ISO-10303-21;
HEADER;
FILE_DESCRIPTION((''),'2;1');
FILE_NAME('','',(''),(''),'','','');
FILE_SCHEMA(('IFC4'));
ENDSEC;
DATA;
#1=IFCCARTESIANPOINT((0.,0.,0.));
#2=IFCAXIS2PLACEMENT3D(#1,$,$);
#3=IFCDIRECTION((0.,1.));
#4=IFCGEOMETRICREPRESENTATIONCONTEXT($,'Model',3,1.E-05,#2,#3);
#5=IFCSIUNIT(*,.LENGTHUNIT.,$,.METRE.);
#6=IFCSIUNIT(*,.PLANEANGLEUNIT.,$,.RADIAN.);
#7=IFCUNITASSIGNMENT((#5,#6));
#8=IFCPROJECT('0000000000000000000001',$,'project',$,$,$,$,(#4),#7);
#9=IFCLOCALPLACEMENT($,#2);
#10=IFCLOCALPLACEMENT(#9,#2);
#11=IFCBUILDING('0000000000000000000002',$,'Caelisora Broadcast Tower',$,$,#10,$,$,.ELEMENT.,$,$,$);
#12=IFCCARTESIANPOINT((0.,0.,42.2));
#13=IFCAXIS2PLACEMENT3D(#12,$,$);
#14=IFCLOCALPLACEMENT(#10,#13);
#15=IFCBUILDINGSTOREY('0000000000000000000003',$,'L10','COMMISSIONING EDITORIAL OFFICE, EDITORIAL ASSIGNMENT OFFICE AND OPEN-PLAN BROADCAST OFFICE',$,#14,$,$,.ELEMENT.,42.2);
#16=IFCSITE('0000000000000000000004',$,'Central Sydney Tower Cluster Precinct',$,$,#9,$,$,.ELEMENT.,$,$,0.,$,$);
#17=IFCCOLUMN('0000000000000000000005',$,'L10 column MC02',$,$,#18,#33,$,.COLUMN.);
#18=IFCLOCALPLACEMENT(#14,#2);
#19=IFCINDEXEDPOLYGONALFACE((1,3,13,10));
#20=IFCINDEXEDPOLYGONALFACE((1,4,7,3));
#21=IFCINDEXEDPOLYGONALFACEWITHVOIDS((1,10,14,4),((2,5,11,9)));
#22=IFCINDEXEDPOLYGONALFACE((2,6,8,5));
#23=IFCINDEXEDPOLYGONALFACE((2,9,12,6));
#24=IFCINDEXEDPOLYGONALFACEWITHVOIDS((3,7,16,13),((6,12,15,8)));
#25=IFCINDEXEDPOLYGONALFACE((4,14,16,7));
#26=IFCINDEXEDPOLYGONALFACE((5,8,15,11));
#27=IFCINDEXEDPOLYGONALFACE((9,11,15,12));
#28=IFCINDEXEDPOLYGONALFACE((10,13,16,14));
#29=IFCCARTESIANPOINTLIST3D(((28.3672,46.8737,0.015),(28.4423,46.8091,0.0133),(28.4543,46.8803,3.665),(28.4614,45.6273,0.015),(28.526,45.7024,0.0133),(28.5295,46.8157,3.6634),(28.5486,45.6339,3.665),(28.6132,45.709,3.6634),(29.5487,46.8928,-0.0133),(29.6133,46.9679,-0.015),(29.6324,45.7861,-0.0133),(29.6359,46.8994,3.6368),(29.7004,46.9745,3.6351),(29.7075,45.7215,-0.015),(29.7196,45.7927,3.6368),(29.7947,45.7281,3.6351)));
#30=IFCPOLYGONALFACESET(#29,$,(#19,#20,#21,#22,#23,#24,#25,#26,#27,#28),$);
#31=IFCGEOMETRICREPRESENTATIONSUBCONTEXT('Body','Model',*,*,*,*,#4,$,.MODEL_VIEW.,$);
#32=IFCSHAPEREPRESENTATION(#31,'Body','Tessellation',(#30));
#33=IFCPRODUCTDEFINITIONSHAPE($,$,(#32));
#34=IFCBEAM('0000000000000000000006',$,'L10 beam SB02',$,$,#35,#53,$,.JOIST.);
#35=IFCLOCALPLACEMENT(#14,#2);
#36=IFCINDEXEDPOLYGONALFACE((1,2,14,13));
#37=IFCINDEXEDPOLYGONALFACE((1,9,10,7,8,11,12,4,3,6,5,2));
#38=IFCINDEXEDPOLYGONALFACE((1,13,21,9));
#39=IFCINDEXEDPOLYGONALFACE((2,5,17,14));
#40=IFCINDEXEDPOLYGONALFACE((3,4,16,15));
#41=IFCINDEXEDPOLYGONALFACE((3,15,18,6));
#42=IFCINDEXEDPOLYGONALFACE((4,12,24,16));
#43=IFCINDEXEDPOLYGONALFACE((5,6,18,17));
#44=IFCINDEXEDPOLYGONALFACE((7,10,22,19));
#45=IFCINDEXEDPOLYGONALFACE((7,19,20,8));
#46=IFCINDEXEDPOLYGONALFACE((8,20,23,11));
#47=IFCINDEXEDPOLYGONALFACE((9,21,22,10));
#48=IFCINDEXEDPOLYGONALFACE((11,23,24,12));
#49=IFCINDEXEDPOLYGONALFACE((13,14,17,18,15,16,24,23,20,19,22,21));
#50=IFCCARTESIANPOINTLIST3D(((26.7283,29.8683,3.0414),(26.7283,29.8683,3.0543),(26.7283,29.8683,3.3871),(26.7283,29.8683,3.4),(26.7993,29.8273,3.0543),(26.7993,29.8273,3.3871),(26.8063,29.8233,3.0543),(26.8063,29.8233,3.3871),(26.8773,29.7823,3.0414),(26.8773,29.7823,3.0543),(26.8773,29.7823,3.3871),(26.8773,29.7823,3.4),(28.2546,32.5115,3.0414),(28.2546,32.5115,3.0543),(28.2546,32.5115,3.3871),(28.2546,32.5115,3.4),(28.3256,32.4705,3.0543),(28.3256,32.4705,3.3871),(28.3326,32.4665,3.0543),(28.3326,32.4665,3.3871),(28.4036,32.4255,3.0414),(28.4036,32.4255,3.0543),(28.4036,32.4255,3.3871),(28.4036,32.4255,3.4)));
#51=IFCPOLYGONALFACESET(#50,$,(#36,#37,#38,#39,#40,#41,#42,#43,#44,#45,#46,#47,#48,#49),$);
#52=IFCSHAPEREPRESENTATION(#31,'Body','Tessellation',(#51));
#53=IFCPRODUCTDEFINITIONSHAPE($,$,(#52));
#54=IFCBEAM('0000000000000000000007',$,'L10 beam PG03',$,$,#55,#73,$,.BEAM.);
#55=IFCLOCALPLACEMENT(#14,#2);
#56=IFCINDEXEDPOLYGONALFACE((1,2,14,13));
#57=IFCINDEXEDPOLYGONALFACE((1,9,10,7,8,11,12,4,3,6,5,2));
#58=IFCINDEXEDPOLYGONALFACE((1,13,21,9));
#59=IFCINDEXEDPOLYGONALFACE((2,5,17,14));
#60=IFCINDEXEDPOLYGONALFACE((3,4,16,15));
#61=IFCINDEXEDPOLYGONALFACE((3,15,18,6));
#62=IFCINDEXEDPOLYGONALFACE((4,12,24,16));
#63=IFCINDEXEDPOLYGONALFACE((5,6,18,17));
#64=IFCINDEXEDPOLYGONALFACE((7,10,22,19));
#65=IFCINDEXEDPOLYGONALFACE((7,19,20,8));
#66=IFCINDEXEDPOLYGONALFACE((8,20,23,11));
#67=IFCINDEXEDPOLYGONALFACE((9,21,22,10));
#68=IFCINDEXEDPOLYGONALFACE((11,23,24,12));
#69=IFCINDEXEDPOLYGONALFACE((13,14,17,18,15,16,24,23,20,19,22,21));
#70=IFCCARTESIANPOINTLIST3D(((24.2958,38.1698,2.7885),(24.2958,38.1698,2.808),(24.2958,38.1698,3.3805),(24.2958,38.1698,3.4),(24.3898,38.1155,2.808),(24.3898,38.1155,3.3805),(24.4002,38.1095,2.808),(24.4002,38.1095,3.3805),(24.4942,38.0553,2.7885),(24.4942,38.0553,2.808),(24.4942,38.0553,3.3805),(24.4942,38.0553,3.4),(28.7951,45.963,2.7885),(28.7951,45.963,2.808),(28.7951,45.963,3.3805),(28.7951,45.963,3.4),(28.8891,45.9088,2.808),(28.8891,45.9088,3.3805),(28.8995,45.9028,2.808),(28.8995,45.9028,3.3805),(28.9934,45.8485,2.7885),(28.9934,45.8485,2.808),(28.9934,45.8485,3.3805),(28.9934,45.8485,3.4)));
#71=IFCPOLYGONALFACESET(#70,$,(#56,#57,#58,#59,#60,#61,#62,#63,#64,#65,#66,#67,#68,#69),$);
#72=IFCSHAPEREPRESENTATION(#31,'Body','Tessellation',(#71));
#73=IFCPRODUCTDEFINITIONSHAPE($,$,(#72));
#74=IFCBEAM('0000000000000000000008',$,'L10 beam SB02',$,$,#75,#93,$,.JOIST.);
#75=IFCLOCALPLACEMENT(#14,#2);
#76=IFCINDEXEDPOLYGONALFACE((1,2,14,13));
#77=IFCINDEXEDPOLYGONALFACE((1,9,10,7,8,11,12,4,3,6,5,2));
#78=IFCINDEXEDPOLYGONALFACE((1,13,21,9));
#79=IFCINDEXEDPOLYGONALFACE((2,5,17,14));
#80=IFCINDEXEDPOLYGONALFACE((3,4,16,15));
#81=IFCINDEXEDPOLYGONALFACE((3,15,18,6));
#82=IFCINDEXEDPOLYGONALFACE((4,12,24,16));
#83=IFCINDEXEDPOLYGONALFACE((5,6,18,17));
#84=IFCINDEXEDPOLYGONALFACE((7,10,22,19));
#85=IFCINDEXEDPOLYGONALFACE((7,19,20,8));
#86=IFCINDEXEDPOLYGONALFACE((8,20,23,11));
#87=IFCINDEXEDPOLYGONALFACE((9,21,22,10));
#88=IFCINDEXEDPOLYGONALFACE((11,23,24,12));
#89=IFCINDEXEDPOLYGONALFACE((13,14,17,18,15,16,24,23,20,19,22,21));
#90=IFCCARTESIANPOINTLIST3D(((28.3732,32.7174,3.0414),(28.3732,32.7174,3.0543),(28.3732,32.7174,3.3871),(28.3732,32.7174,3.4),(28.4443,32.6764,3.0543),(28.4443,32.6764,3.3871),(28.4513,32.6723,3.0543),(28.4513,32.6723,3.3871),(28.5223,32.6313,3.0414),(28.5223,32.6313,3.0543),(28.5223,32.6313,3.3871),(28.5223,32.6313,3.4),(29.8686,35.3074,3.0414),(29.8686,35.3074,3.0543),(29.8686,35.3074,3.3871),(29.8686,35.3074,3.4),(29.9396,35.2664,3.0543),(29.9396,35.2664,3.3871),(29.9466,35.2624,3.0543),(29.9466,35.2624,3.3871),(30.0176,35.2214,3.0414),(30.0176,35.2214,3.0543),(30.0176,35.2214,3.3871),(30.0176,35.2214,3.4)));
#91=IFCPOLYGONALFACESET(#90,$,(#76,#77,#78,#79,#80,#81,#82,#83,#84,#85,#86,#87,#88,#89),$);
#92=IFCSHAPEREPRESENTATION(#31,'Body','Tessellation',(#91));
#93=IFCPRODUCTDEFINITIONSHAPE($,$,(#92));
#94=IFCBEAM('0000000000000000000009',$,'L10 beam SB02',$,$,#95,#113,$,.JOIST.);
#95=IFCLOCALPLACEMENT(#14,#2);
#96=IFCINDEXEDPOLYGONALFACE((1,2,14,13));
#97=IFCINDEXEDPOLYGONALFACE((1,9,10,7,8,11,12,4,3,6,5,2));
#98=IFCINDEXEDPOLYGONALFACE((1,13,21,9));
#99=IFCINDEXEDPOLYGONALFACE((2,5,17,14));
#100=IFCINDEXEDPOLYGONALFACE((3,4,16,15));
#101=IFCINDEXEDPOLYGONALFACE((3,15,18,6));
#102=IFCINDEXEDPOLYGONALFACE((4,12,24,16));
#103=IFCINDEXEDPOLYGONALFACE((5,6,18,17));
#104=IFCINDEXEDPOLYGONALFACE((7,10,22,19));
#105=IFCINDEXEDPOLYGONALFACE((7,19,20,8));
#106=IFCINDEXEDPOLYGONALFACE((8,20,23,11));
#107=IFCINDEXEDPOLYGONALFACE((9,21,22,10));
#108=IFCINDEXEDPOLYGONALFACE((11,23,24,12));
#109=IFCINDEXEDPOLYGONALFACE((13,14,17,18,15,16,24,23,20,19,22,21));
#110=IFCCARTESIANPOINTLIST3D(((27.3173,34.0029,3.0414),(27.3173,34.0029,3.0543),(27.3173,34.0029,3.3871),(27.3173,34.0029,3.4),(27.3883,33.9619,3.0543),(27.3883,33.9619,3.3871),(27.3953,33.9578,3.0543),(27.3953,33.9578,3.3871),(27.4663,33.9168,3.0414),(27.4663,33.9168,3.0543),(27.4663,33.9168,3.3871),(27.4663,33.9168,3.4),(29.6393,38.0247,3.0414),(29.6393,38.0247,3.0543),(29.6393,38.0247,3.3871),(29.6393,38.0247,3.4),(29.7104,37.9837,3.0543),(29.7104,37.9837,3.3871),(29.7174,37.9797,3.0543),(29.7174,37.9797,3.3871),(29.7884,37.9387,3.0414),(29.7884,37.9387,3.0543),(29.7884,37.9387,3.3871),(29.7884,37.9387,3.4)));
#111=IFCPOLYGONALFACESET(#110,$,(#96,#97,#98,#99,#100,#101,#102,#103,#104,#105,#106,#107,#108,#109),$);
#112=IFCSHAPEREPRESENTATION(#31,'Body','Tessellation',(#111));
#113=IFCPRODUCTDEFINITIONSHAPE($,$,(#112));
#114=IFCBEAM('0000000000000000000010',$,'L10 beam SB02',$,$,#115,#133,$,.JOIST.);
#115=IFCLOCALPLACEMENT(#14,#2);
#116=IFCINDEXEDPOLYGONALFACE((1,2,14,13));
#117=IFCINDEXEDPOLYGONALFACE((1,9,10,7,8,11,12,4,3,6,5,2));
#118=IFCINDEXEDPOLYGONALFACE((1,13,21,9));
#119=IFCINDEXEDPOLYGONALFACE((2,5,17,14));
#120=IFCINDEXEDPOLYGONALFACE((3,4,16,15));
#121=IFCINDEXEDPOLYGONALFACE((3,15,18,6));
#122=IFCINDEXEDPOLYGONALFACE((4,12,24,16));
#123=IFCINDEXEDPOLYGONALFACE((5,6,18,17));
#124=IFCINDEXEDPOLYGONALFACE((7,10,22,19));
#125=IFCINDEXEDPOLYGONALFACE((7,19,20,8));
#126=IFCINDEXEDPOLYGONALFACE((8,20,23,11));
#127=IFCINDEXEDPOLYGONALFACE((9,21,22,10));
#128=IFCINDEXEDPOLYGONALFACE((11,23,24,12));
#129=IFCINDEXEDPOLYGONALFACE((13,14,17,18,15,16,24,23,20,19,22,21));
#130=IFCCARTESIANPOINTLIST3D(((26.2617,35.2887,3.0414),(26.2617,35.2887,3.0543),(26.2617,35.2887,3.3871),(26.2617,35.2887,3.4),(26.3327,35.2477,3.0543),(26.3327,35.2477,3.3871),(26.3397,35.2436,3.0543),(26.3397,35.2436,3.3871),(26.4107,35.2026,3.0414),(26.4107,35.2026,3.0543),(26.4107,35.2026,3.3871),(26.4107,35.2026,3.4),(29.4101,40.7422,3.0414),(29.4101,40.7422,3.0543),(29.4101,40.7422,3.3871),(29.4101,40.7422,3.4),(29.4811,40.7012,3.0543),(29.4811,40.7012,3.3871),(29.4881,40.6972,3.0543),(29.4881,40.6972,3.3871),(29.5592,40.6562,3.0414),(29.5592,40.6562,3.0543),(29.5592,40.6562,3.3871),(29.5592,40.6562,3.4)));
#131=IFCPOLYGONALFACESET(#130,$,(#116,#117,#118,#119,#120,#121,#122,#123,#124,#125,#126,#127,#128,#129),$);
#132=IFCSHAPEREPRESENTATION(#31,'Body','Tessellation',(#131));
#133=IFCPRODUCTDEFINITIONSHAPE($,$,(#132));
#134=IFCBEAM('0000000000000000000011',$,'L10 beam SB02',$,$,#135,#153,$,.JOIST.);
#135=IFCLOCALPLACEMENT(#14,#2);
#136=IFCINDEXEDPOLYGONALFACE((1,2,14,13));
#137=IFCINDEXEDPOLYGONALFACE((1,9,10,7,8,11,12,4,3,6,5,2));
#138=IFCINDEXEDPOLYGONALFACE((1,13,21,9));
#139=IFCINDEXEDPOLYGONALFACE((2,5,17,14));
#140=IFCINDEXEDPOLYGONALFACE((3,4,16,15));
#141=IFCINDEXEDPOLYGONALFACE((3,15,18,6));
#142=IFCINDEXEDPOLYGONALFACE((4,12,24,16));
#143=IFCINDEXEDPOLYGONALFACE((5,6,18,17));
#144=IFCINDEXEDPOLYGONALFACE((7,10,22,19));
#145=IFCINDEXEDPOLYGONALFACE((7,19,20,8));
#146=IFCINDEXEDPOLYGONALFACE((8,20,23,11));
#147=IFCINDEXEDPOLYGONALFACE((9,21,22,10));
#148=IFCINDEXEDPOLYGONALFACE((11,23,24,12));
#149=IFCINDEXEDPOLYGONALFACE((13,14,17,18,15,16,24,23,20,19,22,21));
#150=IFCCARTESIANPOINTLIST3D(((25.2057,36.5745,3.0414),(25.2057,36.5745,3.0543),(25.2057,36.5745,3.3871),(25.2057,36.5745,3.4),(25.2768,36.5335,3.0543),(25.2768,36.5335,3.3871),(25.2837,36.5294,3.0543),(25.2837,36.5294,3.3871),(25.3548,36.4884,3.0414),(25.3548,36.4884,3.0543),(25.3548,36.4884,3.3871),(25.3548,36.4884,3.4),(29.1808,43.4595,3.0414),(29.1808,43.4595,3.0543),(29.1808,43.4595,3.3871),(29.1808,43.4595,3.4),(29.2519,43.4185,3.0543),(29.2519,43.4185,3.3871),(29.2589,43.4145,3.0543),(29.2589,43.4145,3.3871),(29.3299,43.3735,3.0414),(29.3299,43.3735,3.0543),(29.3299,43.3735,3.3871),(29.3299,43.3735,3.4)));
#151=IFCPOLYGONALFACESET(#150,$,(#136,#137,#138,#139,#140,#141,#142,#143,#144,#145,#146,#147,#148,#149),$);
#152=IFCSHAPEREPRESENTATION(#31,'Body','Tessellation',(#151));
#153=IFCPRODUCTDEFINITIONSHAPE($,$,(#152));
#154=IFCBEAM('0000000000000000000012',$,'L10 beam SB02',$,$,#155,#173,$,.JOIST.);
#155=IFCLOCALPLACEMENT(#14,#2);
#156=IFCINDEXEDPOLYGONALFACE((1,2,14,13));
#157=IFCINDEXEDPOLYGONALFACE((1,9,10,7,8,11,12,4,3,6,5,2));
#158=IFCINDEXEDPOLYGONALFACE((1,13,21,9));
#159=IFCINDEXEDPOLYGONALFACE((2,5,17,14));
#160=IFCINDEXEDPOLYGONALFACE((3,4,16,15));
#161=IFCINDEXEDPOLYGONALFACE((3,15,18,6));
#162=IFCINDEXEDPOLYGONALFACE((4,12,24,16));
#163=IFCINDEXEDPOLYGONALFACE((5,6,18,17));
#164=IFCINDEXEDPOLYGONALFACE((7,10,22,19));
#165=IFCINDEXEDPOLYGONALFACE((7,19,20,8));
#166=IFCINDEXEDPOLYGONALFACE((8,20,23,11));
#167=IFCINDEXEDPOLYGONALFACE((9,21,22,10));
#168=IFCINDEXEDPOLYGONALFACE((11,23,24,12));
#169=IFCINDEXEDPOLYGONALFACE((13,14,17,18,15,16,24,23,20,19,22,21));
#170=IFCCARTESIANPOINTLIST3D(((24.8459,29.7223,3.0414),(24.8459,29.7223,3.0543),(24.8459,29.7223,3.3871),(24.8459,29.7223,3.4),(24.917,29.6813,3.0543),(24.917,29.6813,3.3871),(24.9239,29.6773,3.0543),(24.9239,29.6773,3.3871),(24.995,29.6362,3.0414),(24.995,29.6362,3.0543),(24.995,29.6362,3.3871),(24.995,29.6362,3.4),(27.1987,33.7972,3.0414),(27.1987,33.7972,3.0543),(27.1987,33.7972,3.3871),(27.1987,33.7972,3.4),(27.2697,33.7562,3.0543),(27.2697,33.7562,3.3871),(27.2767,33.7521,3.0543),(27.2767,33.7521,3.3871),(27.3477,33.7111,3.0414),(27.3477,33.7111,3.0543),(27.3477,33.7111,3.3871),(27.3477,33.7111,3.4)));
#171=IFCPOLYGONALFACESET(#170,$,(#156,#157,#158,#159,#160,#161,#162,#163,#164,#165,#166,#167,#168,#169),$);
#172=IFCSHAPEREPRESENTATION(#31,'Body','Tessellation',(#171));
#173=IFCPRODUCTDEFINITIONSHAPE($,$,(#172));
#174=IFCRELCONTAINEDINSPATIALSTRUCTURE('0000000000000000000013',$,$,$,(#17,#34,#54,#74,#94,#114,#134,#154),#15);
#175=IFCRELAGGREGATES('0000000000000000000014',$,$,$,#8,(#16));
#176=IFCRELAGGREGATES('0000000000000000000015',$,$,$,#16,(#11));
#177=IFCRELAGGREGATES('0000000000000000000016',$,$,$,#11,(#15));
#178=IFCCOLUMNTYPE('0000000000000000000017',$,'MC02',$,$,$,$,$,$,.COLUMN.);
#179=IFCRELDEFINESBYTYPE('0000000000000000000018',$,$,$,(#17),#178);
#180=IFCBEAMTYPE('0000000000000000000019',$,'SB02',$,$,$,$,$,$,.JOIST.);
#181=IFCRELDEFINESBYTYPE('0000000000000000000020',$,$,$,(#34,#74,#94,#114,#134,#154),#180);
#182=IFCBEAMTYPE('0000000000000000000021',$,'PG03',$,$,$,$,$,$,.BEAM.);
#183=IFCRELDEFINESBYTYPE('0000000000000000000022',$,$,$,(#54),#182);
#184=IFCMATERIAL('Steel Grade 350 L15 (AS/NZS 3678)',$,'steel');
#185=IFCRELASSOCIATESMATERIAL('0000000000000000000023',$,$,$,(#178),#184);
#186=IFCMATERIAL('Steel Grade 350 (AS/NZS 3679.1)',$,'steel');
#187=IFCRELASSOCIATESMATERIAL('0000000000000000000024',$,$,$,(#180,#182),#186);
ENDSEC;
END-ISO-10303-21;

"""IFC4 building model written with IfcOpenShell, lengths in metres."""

from ifc_helpers import new_model, si_unit, direction, frame, origin, origin_2d, place, context, subcontext, project, spatial, hollow_rectangle, i_section, extrude, source, transform, mapped, material, material_profile, profile_set, type_object, type_shapes, element, save


model = new_model("IFC4")

# Units and contexts
model_context = context("Model", 3, precision=1e-05, world=origin(), true_north=direction((0.0, 1.0)))
body_context = subcontext(model_context, "Body", "Model", "MODEL_VIEW")
ifc_project = project(units=[si_unit("LENGTHUNIT", "METRE"), si_unit("PLANEANGLEUNIT", "RADIAN")], contexts=[model_context])

# Site, building, storey
site_placement = place(None, origin())
site = spatial("IfcSite", under=ifc_project, at=site_placement, Name="Central Sydney Tower Cluster Precinct", CompositionType="ELEMENT", RefElevation=0.0)
building_placement = place(site_placement, origin())
building = spatial("IfcBuilding", under=site, at=building_placement, Name="Caelisora Broadcast Tower", CompositionType="ELEMENT")
storey_placement = place(building_placement, frame((0.0, 0.0, 42.2)))
storey = spatial("IfcBuildingStorey", under=building, at=storey_placement, Name="L10", Description="COMMISSIONING EDITORIAL OFFICE, EDITORIAL ASSIGNMENT OFFICE AND OPEN-PLAN BROADCAST OFFICE", CompositionType="ELEMENT", Elevation=42.2)

# Column
ifc_material_1 = material(Name="Steel Grade 350 L15 (AS/NZS 3678)", Category="steel")
ifc_material_profile_1 = material_profile(ifc_material_1, hollow_rectangle(XDim=1.25, YDim=1.25, WallThickness=0.0701, at=origin_2d()), Name="Steel Grade 350 L15 (AS/NZS 3678)")
ifc_profile_set_1 = profile_set([ifc_material_profile_1], Name="Steel Grade 350 L15 (AS/NZS 3678)")
column_type = type_object("IfcColumnType", Name="MC02", PredefinedType="COLUMN", material=ifc_profile_set_1)
shared_shape_1 = source(origin(), body_context, "Body", "SweptSolid", [
    extrude(hollow_rectangle(XDim=1.25, YDim=1.25, WallThickness=0.0701, at=origin_2d()), origin(), (0.0, 0.0, 1.0), 3.6511),
])
type_shapes(column_type, [shared_shape_1])
column_placement = place(storey_placement, frame((29.0374, 46.2976, 0.0), z_axis=(0.023871, 0.001805, 0.999713), x_axis=(-0.075415, 0.997152, 0.0)))
element("IfcColumn", 1, at=column_placement, inside=storey, type_object=column_type, Name="L10 column MC02", PredefinedType="COLUMN", context=body_context, shape_type="MappedRepresentation", body=[
    mapped(shared_shape_1, transform((0.0, 0.0, 0.0), scale=1.0)),
])

# Beams
ifc_material_2 = material(Name="Steel Grade 350 (AS/NZS 3679.1)", Category="steel")
ifc_material_profile_2 = material_profile(ifc_material_2, i_section(OverallWidth=0.1721, OverallDepth=0.3586, WebThickness=0.0081, FlangeThickness=0.0129, at=origin_2d()), Name="Steel Grade 350 (AS/NZS 3679.1)")
ifc_profile_set_2 = profile_set([ifc_material_profile_2], Name="Steel Grade 350 (AS/NZS 3679.1)")
beam_type_1 = type_object("IfcBeamType", Name="SB02", PredefinedType="JOIST", material=ifc_profile_set_2)
shared_shape_2 = source(origin(), body_context, "Body", "SweptSolid", [
    extrude(i_section(OverallWidth=0.1721, OverallDepth=0.3586, WebThickness=0.0081, FlangeThickness=0.0129, at=origin_2d()), origin(), (0.0, 0.0, 1.0), 3.0522),
])
beam_1_placement = place(storey_placement, frame((28.3291, 32.4685, 3.2207), z_axis=(-0.500062, -0.86599, 0.0), x_axis=(0.86599, -0.500062, 0.0)))
element("IfcBeam", 2, at=beam_1_placement, inside=storey, type_object=beam_type_1, Name="L10 beam SB02", PredefinedType="JOIST", context=body_context, shape_type="MappedRepresentation", body=[
    mapped(shared_shape_2, transform((0.0, 0.0, 0.0), scale=1.0)),
])
ifc_material_profile_3 = material_profile(ifc_material_2, i_section(OverallWidth=0.229, OverallDepth=0.6116, WebThickness=0.012, FlangeThickness=0.0195, at=origin_2d()), Name="Steel Grade 350 (AS/NZS 3679.1)")
ifc_profile_set_3 = profile_set([ifc_material_profile_3], Name="Steel Grade 350 (AS/NZS 3679.1)")
beam_type_2 = type_object("IfcBeamType", Name="PG03", PredefinedType="BEAM", material=ifc_profile_set_3)
shared_shape_3 = source(origin(), body_context, "Body", "SweptSolid", [
    extrude(i_section(OverallWidth=0.229, OverallDepth=0.6116, WebThickness=0.012, FlangeThickness=0.0195, at=origin_2d()), origin(), (0.0, 0.0, 1.0), 8.9988),
])
type_shapes(beam_type_2, [shared_shape_3])
beam_2_placement = place(storey_placement, frame((28.8943, 45.9058, 3.0942), z_axis=(-0.499988, -0.866032, 0.0), x_axis=(0.866032, -0.499988, 0.0)))
element("IfcBeam", 3, at=beam_2_placement, inside=storey, type_object=beam_type_2, Name="L10 beam PG03", PredefinedType="BEAM", context=body_context, shape_type="MappedRepresentation", body=[
    mapped(shared_shape_3, transform((0.0, 0.0, 0.0), scale=1.0)),
])
shared_shape_4 = source(origin(), body_context, "Body", "SweptSolid", [
    extrude(i_section(OverallWidth=0.1721, OverallDepth=0.3586, WebThickness=0.0081, FlangeThickness=0.0129, at=origin_2d()), origin(), (0.0, 0.0, 1.0), 2.9907),
])
beam_3_placement = place(storey_placement, frame((29.9431, 35.2644, 3.2207), z_axis=(-0.499993, -0.866029, 0.0), x_axis=(0.866029, -0.499993, 0.0)))
element("IfcBeam", 4, at=beam_3_placement, inside=storey, type_object=beam_type_1, Name="L10 beam SB02", PredefinedType="JOIST", context=body_context, shape_type="MappedRepresentation", body=[
    mapped(shared_shape_4, transform((0.0, 0.0, 0.0), scale=1.0)),
])
shared_shape_5 = source(origin(), body_context, "Body", "SweptSolid", [
    extrude(i_section(OverallWidth=0.1721, OverallDepth=0.3586, WebThickness=0.0081, FlangeThickness=0.0129, at=origin_2d()), origin(), (0.0, 0.0, 1.0), 4.644),
])
beam_4_placement = place(storey_placement, frame((29.7139, 37.9817, 3.2207), z_axis=(-0.500012, -0.866018, 0.0), x_axis=(0.866018, -0.500012, 0.0)))
element("IfcBeam", 5, at=beam_4_placement, inside=storey, type_object=beam_type_1, Name="L10 beam SB02", PredefinedType="JOIST", context=body_context, shape_type="MappedRepresentation", body=[
    mapped(shared_shape_5, transform((0.0, 0.0, 0.0), scale=1.0)),
])
shared_shape_6 = source(origin(), body_context, "Body", "SweptSolid", [
    extrude(i_section(OverallWidth=0.1721, OverallDepth=0.3586, WebThickness=0.0081, FlangeThickness=0.0129, at=origin_2d()), origin(), (0.0, 0.0, 1.0), 6.2971),
])
beam_5_placement = place(storey_placement, frame((29.4846, 40.6992, 3.2207), z_axis=(-0.499975, -0.86604, 0.0), x_axis=(0.86604, -0.499975, 0.0)))
element("IfcBeam", 6, at=beam_5_placement, inside=storey, type_object=beam_type_1, Name="L10 beam SB02", PredefinedType="JOIST", context=body_context, shape_type="MappedRepresentation", body=[
    mapped(shared_shape_6, transform((0.0, 0.0, 0.0), scale=1.0)),
])
shared_shape_7 = source(origin(), body_context, "Body", "SweptSolid", [
    extrude(i_section(OverallWidth=0.1721, OverallDepth=0.3586, WebThickness=0.0081, FlangeThickness=0.0129, at=origin_2d()), origin(), (0.0, 0.0, 1.0), 7.9502),
])
beam_6_placement = place(storey_placement, frame((29.2554, 43.4165, 3.2207), z_axis=(-0.500003, -0.866023, 0.0), x_axis=(0.866023, -0.500003, 0.0)))
element("IfcBeam", 7, at=beam_6_placement, inside=storey, type_object=beam_type_1, Name="L10 beam SB02", PredefinedType="JOIST", context=body_context, shape_type="MappedRepresentation", body=[
    mapped(shared_shape_7, transform((0.0, 0.0, 0.0), scale=1.0)),
])
shared_shape_8 = source(origin(), body_context, "Body", "SweptSolid", [
    extrude(i_section(OverallWidth=0.1721, OverallDepth=0.3586, WebThickness=0.0081, FlangeThickness=0.0129, at=origin_2d()), origin(), (0.0, 0.0, 1.0), 4.7053),
])
beam_7_placement = place(storey_placement, frame((27.2732, 33.7542, 3.2207), z_axis=(-0.500017, -0.866015, 0.0), x_axis=(0.866015, -0.500017, 0.0)))
element("IfcBeam", 8, at=beam_7_placement, inside=storey, type_object=beam_type_1, Name="L10 beam SB02", PredefinedType="JOIST", context=body_context, shape_type="MappedRepresentation", body=[
    mapped(shared_shape_8, transform((0.0, 0.0, 0.0), scale=1.0)),
])

save(model, "model.ifc")
